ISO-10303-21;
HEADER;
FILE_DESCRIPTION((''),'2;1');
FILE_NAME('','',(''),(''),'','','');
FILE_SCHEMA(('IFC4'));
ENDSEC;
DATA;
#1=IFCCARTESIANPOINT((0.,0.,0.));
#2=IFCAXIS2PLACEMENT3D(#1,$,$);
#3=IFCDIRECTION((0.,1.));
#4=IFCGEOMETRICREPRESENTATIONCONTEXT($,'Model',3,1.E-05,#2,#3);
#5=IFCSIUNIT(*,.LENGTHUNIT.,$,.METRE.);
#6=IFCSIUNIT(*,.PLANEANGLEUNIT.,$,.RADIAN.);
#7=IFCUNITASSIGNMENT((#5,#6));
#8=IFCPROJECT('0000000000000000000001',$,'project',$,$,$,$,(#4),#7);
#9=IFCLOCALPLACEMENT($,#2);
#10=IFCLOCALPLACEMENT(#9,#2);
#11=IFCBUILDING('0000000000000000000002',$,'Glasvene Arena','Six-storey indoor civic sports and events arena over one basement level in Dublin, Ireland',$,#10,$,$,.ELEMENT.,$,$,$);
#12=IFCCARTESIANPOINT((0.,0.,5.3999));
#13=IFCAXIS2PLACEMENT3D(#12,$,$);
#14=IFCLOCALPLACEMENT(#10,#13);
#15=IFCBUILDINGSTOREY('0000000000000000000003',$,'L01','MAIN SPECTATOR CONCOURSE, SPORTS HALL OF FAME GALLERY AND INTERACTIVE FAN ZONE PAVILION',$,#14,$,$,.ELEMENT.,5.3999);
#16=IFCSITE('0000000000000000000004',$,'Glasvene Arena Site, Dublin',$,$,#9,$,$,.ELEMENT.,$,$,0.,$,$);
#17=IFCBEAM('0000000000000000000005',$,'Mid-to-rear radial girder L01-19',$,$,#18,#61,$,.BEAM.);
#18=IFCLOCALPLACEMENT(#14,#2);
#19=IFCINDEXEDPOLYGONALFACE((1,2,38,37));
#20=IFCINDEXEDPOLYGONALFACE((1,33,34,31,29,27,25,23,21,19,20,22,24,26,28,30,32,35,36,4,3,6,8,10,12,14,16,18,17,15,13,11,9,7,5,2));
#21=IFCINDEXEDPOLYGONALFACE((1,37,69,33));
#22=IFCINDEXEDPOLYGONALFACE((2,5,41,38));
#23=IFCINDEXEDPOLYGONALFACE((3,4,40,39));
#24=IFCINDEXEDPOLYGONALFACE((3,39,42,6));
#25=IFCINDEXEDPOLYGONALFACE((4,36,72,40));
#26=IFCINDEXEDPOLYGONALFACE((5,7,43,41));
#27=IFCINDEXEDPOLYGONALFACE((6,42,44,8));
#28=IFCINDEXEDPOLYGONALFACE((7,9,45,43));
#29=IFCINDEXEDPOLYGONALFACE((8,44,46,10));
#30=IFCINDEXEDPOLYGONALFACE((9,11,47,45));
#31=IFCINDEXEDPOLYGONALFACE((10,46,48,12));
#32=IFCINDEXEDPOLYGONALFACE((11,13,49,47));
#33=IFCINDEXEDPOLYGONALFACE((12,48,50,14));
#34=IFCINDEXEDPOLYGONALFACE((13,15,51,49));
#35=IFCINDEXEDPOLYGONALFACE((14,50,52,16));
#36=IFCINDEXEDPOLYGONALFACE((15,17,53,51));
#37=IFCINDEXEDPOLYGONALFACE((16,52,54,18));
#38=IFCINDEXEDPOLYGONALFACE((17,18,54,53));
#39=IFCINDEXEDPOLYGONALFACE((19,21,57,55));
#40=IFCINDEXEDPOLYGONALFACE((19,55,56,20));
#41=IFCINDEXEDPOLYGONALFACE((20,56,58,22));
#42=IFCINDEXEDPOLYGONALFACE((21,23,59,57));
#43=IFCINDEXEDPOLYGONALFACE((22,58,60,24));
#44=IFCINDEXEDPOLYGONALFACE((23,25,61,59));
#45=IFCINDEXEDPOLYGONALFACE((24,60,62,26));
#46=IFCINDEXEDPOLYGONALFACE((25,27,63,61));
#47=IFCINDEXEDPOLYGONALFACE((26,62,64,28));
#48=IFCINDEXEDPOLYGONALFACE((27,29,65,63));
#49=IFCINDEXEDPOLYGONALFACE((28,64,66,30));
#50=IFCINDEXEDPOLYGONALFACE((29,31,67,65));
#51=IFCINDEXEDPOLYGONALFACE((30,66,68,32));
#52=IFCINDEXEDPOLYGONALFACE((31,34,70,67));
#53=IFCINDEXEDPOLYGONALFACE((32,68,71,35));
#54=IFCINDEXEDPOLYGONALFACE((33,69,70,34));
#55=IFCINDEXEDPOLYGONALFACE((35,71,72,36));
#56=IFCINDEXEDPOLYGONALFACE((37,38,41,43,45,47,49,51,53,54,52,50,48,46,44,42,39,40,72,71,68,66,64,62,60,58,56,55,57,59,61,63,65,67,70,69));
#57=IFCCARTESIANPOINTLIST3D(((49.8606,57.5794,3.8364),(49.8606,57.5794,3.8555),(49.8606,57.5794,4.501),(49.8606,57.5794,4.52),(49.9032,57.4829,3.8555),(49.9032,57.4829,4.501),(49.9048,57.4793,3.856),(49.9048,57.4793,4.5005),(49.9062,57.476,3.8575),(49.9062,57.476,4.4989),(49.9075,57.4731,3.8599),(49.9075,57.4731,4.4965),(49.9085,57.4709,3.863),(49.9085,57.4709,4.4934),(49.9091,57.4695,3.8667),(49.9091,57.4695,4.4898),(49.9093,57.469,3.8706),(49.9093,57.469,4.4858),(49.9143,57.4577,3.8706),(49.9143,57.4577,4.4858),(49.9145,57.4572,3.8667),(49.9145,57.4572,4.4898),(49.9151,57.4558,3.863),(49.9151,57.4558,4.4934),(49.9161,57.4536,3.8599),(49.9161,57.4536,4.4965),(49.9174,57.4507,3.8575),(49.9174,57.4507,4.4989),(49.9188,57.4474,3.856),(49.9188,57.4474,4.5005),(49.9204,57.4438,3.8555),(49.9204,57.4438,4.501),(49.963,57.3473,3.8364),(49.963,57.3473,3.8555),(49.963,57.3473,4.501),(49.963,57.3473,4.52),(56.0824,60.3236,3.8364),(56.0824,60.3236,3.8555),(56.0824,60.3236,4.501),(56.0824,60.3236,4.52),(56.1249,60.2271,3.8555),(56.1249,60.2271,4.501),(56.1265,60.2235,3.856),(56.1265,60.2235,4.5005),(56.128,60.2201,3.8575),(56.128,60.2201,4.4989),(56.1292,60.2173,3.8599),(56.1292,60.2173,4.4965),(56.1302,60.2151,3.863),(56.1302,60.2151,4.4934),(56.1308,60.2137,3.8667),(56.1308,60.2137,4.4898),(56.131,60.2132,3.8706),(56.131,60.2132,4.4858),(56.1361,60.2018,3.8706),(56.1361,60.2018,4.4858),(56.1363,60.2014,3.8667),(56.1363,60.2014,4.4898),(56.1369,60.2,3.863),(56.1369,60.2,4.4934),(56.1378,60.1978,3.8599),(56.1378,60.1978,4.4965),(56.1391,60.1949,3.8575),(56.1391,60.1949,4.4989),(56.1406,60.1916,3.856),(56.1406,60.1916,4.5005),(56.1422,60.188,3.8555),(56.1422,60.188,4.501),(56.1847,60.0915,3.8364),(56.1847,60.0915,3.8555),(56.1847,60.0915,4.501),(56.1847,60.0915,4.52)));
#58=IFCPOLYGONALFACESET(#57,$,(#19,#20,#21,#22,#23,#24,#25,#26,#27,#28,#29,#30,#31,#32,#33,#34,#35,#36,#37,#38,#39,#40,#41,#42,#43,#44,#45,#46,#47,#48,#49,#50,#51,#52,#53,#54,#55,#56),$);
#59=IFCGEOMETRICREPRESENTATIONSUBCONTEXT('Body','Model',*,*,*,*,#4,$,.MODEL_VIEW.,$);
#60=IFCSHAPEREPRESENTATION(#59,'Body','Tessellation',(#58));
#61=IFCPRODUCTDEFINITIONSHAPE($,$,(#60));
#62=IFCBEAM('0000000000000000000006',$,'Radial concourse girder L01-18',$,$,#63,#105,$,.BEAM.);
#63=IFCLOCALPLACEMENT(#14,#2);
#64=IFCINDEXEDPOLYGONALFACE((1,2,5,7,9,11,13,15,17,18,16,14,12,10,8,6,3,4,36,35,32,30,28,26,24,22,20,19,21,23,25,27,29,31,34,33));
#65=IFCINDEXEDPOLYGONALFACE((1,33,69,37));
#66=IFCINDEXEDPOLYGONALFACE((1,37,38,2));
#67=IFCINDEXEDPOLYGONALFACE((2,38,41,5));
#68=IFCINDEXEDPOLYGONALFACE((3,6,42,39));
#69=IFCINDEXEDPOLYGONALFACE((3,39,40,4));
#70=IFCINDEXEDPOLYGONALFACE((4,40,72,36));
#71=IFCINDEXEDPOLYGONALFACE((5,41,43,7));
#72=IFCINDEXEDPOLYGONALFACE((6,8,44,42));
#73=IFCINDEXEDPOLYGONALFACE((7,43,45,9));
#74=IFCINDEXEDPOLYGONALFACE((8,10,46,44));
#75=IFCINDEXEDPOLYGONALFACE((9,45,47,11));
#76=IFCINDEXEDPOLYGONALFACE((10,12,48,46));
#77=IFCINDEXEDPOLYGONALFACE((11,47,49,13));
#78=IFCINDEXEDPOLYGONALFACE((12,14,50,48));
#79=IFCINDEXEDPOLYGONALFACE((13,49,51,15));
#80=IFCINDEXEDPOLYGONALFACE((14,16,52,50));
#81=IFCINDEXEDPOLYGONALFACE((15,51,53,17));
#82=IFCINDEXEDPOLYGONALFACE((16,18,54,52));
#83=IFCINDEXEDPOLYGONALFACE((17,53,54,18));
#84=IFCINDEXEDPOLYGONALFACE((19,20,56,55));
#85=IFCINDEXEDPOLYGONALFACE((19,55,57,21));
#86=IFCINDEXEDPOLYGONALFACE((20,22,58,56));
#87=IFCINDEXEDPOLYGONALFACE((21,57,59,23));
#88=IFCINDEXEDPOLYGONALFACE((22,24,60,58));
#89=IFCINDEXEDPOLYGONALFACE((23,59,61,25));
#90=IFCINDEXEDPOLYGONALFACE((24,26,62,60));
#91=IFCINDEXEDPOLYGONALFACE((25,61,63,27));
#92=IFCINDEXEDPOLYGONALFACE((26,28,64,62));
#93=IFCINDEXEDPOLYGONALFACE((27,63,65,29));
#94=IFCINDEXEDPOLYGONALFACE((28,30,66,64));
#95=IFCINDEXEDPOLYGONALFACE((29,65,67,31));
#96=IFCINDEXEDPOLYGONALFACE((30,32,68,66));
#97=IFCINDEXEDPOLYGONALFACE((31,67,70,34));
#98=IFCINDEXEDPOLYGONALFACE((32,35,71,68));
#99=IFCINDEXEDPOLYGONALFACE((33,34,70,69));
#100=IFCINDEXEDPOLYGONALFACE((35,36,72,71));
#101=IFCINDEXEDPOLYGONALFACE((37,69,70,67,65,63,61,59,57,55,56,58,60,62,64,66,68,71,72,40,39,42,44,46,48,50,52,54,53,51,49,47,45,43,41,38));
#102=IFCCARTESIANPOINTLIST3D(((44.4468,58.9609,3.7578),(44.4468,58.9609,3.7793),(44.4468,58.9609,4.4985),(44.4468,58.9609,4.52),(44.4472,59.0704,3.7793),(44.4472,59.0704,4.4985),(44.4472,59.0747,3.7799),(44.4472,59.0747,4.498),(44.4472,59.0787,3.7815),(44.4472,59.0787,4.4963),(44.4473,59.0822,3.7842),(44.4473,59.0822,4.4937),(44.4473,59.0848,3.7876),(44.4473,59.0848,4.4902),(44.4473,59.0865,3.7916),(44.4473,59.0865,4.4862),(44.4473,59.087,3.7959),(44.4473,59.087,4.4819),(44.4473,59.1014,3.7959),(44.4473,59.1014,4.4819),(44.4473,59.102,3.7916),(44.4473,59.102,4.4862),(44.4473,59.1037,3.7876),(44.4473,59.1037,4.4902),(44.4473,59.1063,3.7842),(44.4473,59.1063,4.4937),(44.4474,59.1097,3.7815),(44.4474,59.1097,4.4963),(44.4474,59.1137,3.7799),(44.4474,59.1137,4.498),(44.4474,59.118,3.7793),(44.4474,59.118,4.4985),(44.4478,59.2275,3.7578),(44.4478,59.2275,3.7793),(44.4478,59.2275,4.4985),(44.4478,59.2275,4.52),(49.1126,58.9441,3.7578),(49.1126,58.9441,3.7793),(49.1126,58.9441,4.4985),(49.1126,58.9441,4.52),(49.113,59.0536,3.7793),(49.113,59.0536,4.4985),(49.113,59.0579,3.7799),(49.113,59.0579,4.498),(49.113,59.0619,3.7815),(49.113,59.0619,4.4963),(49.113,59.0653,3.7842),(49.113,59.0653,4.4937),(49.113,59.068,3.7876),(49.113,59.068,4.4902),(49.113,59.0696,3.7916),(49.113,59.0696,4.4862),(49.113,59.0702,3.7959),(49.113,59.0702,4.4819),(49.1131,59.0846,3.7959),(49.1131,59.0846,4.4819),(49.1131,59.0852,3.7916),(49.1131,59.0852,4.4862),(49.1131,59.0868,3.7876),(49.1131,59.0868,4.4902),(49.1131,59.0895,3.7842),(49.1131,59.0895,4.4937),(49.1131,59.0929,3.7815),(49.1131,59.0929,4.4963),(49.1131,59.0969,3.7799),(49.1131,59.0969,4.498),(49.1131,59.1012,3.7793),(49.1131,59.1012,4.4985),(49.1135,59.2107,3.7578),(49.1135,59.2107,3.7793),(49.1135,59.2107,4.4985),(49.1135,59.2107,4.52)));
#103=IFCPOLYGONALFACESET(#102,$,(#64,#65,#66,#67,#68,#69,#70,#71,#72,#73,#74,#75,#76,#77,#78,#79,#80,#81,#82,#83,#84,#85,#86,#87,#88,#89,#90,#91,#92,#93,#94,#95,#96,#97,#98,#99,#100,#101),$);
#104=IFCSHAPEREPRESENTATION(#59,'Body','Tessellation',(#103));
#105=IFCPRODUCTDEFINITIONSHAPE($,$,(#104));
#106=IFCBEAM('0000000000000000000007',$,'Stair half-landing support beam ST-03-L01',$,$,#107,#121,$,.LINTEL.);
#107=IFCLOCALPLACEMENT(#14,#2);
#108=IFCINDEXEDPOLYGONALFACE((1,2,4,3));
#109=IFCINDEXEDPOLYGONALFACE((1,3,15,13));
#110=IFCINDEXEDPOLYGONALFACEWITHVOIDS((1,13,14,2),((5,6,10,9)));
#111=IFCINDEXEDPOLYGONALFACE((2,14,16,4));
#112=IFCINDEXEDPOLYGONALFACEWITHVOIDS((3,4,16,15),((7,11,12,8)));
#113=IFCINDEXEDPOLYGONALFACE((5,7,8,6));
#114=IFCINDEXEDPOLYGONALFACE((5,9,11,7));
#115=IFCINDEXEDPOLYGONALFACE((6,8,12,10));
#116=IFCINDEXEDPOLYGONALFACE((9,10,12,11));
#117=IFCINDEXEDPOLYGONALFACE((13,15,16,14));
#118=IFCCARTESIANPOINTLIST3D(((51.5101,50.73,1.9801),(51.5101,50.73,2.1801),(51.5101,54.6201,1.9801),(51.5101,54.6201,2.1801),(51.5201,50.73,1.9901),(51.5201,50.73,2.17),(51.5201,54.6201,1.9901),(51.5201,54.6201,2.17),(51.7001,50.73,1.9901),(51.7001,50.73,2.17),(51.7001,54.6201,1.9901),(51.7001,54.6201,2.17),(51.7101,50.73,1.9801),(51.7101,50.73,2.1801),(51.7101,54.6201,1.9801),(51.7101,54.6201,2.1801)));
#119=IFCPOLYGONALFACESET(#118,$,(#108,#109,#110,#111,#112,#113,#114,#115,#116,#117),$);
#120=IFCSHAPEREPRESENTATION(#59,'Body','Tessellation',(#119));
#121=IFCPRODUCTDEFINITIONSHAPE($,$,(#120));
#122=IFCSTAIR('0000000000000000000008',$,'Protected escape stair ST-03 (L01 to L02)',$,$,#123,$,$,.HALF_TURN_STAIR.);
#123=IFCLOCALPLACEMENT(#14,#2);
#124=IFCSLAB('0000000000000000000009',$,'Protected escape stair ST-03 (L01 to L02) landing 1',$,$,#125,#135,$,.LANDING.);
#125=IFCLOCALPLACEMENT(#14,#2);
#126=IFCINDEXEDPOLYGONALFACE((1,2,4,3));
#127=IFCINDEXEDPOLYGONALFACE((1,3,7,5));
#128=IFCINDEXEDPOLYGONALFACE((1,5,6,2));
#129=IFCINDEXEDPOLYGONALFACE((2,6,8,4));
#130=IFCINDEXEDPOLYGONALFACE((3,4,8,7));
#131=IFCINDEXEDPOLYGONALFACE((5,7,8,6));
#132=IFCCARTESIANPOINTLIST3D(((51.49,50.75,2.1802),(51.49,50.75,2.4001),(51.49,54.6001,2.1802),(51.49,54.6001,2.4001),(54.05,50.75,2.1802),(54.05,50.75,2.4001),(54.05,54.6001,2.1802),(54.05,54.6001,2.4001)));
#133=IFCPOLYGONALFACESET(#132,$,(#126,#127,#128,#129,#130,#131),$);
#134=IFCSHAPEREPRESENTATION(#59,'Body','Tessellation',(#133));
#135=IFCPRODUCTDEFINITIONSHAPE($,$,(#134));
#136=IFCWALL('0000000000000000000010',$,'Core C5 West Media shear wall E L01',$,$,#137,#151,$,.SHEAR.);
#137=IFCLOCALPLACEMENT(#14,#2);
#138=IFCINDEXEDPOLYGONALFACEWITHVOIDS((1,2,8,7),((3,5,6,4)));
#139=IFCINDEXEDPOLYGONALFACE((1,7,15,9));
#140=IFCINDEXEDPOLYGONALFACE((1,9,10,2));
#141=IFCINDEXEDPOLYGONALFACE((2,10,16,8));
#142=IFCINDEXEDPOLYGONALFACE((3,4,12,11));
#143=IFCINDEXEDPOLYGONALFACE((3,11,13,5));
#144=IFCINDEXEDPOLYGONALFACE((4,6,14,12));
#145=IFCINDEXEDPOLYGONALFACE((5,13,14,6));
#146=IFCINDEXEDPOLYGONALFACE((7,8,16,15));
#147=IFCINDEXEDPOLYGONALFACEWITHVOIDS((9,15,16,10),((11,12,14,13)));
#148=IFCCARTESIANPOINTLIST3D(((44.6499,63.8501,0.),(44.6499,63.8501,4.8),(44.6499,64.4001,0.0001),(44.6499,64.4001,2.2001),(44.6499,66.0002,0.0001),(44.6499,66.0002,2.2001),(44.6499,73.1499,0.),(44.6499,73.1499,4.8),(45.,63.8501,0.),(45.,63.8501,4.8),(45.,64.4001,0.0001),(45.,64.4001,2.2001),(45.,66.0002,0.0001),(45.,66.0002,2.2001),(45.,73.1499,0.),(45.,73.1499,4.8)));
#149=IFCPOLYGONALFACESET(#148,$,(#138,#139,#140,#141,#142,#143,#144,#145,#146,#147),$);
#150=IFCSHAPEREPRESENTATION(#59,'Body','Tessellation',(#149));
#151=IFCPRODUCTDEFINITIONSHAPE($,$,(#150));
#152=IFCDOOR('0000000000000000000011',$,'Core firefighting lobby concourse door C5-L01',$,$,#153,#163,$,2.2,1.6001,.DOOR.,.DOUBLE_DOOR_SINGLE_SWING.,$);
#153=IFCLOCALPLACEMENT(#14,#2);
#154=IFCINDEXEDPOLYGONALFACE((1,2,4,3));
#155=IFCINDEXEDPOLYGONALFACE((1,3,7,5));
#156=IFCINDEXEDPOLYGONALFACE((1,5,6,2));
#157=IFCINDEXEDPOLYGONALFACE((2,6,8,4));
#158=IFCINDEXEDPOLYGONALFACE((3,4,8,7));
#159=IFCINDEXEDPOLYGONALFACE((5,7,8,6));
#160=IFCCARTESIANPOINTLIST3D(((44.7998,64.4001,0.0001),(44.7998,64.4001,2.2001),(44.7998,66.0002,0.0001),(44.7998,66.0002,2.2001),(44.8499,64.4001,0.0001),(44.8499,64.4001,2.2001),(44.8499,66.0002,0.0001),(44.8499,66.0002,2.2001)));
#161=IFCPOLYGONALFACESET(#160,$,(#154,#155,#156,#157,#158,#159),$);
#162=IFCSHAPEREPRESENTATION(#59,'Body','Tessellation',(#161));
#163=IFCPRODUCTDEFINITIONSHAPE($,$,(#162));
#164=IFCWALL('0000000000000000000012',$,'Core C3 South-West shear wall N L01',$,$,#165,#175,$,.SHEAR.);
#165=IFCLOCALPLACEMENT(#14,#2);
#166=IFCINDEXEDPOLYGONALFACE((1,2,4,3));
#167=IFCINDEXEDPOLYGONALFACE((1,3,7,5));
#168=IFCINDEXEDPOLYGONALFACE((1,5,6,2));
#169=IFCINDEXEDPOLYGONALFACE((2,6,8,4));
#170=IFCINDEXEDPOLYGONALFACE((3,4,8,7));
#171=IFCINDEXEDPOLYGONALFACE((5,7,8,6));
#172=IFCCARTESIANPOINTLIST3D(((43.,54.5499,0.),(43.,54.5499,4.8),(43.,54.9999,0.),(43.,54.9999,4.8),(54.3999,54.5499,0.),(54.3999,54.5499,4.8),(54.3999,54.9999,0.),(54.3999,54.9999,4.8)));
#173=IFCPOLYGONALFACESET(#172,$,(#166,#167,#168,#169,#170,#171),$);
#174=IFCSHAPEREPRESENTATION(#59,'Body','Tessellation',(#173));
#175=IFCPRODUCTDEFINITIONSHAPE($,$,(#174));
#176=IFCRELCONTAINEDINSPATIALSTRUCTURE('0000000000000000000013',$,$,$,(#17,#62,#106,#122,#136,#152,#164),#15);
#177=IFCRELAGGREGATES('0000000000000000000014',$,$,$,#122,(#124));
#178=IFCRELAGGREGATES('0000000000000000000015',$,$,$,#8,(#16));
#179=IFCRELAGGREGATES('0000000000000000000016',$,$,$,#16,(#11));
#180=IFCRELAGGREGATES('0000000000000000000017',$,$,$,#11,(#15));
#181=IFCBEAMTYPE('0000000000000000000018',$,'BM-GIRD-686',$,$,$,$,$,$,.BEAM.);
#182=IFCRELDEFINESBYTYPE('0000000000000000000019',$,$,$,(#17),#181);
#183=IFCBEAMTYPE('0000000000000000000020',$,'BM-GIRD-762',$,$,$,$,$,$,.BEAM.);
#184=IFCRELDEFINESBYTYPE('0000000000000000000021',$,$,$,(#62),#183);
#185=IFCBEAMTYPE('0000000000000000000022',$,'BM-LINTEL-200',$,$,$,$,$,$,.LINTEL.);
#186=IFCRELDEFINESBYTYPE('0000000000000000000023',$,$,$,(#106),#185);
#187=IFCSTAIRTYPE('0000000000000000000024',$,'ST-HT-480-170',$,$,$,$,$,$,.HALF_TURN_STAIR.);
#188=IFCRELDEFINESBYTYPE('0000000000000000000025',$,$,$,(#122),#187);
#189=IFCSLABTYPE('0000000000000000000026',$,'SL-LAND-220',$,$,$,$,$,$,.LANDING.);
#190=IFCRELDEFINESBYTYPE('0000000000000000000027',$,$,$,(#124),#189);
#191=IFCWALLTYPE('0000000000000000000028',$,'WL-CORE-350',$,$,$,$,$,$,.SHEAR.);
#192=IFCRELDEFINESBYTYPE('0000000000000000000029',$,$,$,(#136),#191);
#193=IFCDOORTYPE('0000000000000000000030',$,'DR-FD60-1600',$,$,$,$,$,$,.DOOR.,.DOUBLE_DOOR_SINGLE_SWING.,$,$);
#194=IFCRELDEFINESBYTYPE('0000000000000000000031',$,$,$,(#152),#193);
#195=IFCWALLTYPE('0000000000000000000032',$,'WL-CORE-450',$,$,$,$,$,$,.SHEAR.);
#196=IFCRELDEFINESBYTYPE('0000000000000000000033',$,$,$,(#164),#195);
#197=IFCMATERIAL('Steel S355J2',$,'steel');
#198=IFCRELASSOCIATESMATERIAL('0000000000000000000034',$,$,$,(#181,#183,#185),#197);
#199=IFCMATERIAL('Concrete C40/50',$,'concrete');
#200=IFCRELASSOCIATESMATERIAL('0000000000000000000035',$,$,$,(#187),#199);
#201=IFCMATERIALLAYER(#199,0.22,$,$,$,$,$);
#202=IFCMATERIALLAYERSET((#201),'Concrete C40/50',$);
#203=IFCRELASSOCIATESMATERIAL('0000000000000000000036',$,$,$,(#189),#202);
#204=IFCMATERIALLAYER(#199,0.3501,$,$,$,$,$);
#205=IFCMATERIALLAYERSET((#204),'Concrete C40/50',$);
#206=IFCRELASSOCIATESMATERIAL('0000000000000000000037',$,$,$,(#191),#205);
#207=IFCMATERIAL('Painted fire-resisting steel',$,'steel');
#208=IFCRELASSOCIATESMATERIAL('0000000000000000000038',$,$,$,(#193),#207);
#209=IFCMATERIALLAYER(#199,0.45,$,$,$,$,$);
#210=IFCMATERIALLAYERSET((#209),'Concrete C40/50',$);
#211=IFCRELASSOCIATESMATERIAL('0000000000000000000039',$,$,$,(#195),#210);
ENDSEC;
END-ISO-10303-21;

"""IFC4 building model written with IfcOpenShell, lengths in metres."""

from ifc_helpers import new_model, si_unit, direction, frame, frame_2d, origin, origin_2d, place, context, subcontext, project, spatial, polyline, rectangle, hollow_rectangle, i_section, outline, extrude, material, layer, layer_set, material_profile, profile_set, type_object, element, fill, aggregate, save


model = new_model("IFC4")

# Units and contexts
model_context = context("Model", 3, precision=1e-05, world=origin(), true_north=direction((0.0, 1.0)))
body_context = subcontext(model_context, "Body", "Model", "MODEL_VIEW")
ifc_project = project(units=[si_unit("LENGTHUNIT", "METRE"), si_unit("PLANEANGLEUNIT", "RADIAN")], contexts=[model_context])

# Site, building, storey
site_placement = place(None, origin())
site = spatial("IfcSite", under=ifc_project, at=site_placement, Name="Glasvene Arena Site, Dublin", CompositionType="ELEMENT", RefElevation=0.0)
building_placement = place(site_placement, origin())
building = spatial("IfcBuilding", under=site, at=building_placement, Name="Glasvene Arena", Description="Six-storey indoor civic sports and events arena over one basement level in Dublin, Ireland", CompositionType="ELEMENT")
storey_placement = place(building_placement, frame((0.0, 0.0, 5.3999)))
storey = spatial("IfcBuildingStorey", under=building, at=storey_placement, Name="L01", Description="MAIN SPECTATOR CONCOURSE, SPORTS HALL OF FAME GALLERY AND INTERACTIVE FAN ZONE PAVILION", CompositionType="ELEMENT", Elevation=5.3999)

# Shared definitions
ifc_material_1 = material(Name="Concrete C40/50", Category="concrete")
ifc_material_2 = material(Name="Steel S355J2", Category="steel")

# Beams
ifc_material_profile_1 = material_profile(ifc_material_2, i_section(OverallWidth=0.2537, OverallDepth=0.6836, WebThickness=0.0125, FlangeThickness=0.019, FilletRadius=0.0151, at=origin_2d()), Name="UKB 686x254x140")
ifc_profile_set_1 = profile_set([ifc_material_profile_1], Name="Steel S355J2")
beam_type_1 = type_object("IfcBeamType", Name="BM-GIRD-686", PredefinedType="BEAM", material=ifc_profile_set_1)
for number, where, z_axis, x_axis, name in (
    (1, (56.1335, 60.2075, 4.1782), (-0.914957, -0.403552, 0.0), (0.403552, -0.914957, 0.0), "Mid-to-rear radial girder L01-19"),
):
    element("IfcBeam", number, at=place(storey_placement, frame(where, z_axis=z_axis, x_axis=x_axis)), inside=storey, type_object=beam_type_1, Name=name, PredefinedType="BEAM", context=body_context, shape_type="SweptSolid", body=[
        extrude(i_section(OverallWidth=0.2537, OverallDepth=0.6836, WebThickness=0.0125, FlangeThickness=0.019, FilletRadius=0.0151, at=origin_2d()), origin(), (0.0, 0.0, 1.0), 6.8),
    ])
ifc_material_profile_2 = material_profile(ifc_material_2, i_section(OverallWidth=0.2666, OverallDepth=0.7622, WebThickness=0.0144, FlangeThickness=0.0215, FilletRadius=0.0166, at=origin_2d()), Name="UKB 762x267x173")
ifc_profile_set_2 = profile_set([ifc_material_profile_2], Name="Steel S355J2")
beam_type_2 = type_object("IfcBeamType", Name="BM-GIRD-762", PredefinedType="BEAM", material=ifc_profile_set_2)
beam_1_placement = place(storey_placement, frame((49.113, 59.0774, 4.1389), z_axis=(-0.999993, 0.00361, 0.0), x_axis=(-0.00361, -0.999993, 0.0)))
element("IfcBeam", 2, at=beam_1_placement, inside=storey, type_object=beam_type_2, Name="Radial concourse girder L01-18", PredefinedType="BEAM", context=body_context, shape_type="SweptSolid", body=[
    extrude(i_section(OverallWidth=0.2666, OverallDepth=0.7622, WebThickness=0.0144, FlangeThickness=0.0215, FilletRadius=0.0166, at=origin_2d()), origin(), (0.0, 0.0, 1.0), 4.6658),
])
ifc_material_profile_3 = material_profile(ifc_material_2, hollow_rectangle(XDim=0.2, YDim=0.2, WallThickness=0.01, at=origin_2d()), Name="SHS 200x200x10.0")
ifc_profile_set_3 = profile_set([ifc_material_profile_3], Name="Steel S355J2")
beam_type_3 = type_object("IfcBeamType", Name="BM-LINTEL-200", PredefinedType="LINTEL", material=ifc_profile_set_3)
beam_2_placement = place(storey_placement, frame((51.6101, 50.73, 2.0801), z_axis=(0.0, 1.0, 0.0), x_axis=(-1.0, 0.0, 0.0)))
element("IfcBeam", 3, at=beam_2_placement, inside=storey, type_object=beam_type_3, Name="Stair half-landing support beam ST-03-L01", PredefinedType="LINTEL", context=body_context, shape_type="SweptSolid", body=[
    extrude(hollow_rectangle(XDim=0.2, YDim=0.2, WallThickness=0.01, at=origin_2d()), origin(), (0.0, 0.0, 1.0), 3.8901),
])

# Stair, slab
stair_type = type_object("IfcStairType", Name="ST-HT-480-170", PredefinedType="HALF_TURN_STAIR", material=ifc_material_1)
stair_placement = place(storey_placement, origin())
stair = element("IfcStair", 4, at=stair_placement, inside=storey, type_object=stair_type, Name="Protected escape stair ST-03 (L01 to L02)", PredefinedType="HALF_TURN_STAIR")
ifc_layer_1 = layer(ifc_material_1, 0.22)
ifc_layer_set_1 = layer_set([ifc_layer_1], Name="Concrete C40/50")
slab_type = type_object("IfcSlabType", Name="SL-LAND-220", PredefinedType="LANDING", material=ifc_layer_set_1)
slab_placement = place(storey_placement, frame((52.77, 52.675, 2.1802)))
slab = element("IfcSlab", 5, at=slab_placement, type_object=slab_type, Name="Protected escape stair ST-03 (L01 to L02) landing 1", PredefinedType="LANDING", context=body_context, shape_type="SweptSolid", body=[
    extrude(outline(polyline([(-1.28, -1.925), (1.28, -1.925), (1.28, 1.925), (-1.28, 1.925), (-1.28, -1.925)])), origin(), (0.0, 0.0, 1.0), 0.22),
])

# Wall, opening, door
ifc_layer_2 = layer(ifc_material_1, 0.3501)
ifc_layer_set_2 = layer_set([ifc_layer_2], Name="Concrete C40/50")
wall_type_1 = type_object("IfcWallType", Name="WL-CORE-350", PredefinedType="SHEAR", material=ifc_layer_set_2)
wall_1_placement = place(storey_placement, frame((44.825, 63.8501, 0.0), z_axis=(0.0, 0.0, 1.0), x_axis=(0.0, 1.0, 0.0)))
wall_1 = element("IfcWall", 6, at=wall_1_placement, inside=storey, type_object=wall_type_1, Name="Core C5 West Media shear wall E L01", PredefinedType="SHEAR", context=body_context, shape_type="SweptSolid", body=[
    extrude(rectangle(XDim=9.2998, YDim=0.3501, at=frame_2d((4.6499, 0.0))), origin(), (0.0, 0.0, 1.0), 4.8),
])
opening_1_placement = place(wall_1_placement, frame((0.55, 0.0, 0.0)))
opening_1 = element("IfcOpeningElement", 7, at=opening_1_placement, cuts=wall_1, PredefinedType="OPENING", context=body_context, shape_type="SweptSolid", body=[
    extrude(rectangle(XDim=1.6001, YDim=2.2, at=frame_2d((0.8, 1.1001))), frame((0.0, 0.1851, 0.0), z_axis=(0.0, -1.0, 0.0), x_axis=(1.0, 0.0, 0.0)), (0.0, 0.0, 1.0), 0.3701),
])
ifc_material_3 = material(Name="Painted fire-resisting steel", Category="steel")
door_type_1 = type_object("IfcDoorType", Name="DR-FD60-1600", OperationType="DOUBLE_DOOR_SINGLE_SWING", PredefinedType="DOOR", material=ifc_material_3)
door_1_placement = place(opening_1_placement, frame((1.6001, 0.0, 0.0), z_axis=(0.0, 0.0, 1.0), x_axis=(-1.0, 0.0, 0.0)))
door_1 = element("IfcDoor", 8, at=door_1_placement, inside=storey, type_object=door_type_1, Name="Core firefighting lobby concourse door C5-L01", OperationType="DOUBLE_DOOR_SINGLE_SWING", OverallHeight=2.2, OverallWidth=1.6001, PredefinedType="DOOR", context=body_context, shape_type="SweptSolid", body=[
    extrude(rectangle(XDim=1.6001, YDim=2.2, at=frame_2d((0.8, 1.1001))), frame((0.0, 0.0249, 0.0), z_axis=(0.0, -1.0, 0.0), x_axis=(1.0, 0.0, 0.0)), (0.0, 0.0, 1.0), 0.05),
])
fill(opening_1, door_1)

# Wall
ifc_layer_3 = layer(ifc_material_1, 0.45)
ifc_layer_set_3 = layer_set([ifc_layer_3], Name="Concrete C40/50")
wall_type_2 = type_object("IfcWallType", Name="WL-CORE-450", PredefinedType="SHEAR", material=ifc_layer_set_3)
wall_2_placement = place(storey_placement, frame((43.0, 54.7749, 0.0), z_axis=(0.0, 0.0, 1.0), x_axis=(1.0, 0.0, 0.0)))
element("IfcWall", 9, at=wall_2_placement, inside=storey, type_object=wall_type_2, Name="Core C3 South-West shear wall N L01", PredefinedType="SHEAR", context=body_context, shape_type="SweptSolid", body=[
    extrude(rectangle(XDim=11.3999, YDim=0.45, at=frame_2d((5.7, 0.0))), origin(), (0.0, 0.0, 1.0), 4.8),
])

aggregate(stair, [slab])

save(model, "model.ifc")
